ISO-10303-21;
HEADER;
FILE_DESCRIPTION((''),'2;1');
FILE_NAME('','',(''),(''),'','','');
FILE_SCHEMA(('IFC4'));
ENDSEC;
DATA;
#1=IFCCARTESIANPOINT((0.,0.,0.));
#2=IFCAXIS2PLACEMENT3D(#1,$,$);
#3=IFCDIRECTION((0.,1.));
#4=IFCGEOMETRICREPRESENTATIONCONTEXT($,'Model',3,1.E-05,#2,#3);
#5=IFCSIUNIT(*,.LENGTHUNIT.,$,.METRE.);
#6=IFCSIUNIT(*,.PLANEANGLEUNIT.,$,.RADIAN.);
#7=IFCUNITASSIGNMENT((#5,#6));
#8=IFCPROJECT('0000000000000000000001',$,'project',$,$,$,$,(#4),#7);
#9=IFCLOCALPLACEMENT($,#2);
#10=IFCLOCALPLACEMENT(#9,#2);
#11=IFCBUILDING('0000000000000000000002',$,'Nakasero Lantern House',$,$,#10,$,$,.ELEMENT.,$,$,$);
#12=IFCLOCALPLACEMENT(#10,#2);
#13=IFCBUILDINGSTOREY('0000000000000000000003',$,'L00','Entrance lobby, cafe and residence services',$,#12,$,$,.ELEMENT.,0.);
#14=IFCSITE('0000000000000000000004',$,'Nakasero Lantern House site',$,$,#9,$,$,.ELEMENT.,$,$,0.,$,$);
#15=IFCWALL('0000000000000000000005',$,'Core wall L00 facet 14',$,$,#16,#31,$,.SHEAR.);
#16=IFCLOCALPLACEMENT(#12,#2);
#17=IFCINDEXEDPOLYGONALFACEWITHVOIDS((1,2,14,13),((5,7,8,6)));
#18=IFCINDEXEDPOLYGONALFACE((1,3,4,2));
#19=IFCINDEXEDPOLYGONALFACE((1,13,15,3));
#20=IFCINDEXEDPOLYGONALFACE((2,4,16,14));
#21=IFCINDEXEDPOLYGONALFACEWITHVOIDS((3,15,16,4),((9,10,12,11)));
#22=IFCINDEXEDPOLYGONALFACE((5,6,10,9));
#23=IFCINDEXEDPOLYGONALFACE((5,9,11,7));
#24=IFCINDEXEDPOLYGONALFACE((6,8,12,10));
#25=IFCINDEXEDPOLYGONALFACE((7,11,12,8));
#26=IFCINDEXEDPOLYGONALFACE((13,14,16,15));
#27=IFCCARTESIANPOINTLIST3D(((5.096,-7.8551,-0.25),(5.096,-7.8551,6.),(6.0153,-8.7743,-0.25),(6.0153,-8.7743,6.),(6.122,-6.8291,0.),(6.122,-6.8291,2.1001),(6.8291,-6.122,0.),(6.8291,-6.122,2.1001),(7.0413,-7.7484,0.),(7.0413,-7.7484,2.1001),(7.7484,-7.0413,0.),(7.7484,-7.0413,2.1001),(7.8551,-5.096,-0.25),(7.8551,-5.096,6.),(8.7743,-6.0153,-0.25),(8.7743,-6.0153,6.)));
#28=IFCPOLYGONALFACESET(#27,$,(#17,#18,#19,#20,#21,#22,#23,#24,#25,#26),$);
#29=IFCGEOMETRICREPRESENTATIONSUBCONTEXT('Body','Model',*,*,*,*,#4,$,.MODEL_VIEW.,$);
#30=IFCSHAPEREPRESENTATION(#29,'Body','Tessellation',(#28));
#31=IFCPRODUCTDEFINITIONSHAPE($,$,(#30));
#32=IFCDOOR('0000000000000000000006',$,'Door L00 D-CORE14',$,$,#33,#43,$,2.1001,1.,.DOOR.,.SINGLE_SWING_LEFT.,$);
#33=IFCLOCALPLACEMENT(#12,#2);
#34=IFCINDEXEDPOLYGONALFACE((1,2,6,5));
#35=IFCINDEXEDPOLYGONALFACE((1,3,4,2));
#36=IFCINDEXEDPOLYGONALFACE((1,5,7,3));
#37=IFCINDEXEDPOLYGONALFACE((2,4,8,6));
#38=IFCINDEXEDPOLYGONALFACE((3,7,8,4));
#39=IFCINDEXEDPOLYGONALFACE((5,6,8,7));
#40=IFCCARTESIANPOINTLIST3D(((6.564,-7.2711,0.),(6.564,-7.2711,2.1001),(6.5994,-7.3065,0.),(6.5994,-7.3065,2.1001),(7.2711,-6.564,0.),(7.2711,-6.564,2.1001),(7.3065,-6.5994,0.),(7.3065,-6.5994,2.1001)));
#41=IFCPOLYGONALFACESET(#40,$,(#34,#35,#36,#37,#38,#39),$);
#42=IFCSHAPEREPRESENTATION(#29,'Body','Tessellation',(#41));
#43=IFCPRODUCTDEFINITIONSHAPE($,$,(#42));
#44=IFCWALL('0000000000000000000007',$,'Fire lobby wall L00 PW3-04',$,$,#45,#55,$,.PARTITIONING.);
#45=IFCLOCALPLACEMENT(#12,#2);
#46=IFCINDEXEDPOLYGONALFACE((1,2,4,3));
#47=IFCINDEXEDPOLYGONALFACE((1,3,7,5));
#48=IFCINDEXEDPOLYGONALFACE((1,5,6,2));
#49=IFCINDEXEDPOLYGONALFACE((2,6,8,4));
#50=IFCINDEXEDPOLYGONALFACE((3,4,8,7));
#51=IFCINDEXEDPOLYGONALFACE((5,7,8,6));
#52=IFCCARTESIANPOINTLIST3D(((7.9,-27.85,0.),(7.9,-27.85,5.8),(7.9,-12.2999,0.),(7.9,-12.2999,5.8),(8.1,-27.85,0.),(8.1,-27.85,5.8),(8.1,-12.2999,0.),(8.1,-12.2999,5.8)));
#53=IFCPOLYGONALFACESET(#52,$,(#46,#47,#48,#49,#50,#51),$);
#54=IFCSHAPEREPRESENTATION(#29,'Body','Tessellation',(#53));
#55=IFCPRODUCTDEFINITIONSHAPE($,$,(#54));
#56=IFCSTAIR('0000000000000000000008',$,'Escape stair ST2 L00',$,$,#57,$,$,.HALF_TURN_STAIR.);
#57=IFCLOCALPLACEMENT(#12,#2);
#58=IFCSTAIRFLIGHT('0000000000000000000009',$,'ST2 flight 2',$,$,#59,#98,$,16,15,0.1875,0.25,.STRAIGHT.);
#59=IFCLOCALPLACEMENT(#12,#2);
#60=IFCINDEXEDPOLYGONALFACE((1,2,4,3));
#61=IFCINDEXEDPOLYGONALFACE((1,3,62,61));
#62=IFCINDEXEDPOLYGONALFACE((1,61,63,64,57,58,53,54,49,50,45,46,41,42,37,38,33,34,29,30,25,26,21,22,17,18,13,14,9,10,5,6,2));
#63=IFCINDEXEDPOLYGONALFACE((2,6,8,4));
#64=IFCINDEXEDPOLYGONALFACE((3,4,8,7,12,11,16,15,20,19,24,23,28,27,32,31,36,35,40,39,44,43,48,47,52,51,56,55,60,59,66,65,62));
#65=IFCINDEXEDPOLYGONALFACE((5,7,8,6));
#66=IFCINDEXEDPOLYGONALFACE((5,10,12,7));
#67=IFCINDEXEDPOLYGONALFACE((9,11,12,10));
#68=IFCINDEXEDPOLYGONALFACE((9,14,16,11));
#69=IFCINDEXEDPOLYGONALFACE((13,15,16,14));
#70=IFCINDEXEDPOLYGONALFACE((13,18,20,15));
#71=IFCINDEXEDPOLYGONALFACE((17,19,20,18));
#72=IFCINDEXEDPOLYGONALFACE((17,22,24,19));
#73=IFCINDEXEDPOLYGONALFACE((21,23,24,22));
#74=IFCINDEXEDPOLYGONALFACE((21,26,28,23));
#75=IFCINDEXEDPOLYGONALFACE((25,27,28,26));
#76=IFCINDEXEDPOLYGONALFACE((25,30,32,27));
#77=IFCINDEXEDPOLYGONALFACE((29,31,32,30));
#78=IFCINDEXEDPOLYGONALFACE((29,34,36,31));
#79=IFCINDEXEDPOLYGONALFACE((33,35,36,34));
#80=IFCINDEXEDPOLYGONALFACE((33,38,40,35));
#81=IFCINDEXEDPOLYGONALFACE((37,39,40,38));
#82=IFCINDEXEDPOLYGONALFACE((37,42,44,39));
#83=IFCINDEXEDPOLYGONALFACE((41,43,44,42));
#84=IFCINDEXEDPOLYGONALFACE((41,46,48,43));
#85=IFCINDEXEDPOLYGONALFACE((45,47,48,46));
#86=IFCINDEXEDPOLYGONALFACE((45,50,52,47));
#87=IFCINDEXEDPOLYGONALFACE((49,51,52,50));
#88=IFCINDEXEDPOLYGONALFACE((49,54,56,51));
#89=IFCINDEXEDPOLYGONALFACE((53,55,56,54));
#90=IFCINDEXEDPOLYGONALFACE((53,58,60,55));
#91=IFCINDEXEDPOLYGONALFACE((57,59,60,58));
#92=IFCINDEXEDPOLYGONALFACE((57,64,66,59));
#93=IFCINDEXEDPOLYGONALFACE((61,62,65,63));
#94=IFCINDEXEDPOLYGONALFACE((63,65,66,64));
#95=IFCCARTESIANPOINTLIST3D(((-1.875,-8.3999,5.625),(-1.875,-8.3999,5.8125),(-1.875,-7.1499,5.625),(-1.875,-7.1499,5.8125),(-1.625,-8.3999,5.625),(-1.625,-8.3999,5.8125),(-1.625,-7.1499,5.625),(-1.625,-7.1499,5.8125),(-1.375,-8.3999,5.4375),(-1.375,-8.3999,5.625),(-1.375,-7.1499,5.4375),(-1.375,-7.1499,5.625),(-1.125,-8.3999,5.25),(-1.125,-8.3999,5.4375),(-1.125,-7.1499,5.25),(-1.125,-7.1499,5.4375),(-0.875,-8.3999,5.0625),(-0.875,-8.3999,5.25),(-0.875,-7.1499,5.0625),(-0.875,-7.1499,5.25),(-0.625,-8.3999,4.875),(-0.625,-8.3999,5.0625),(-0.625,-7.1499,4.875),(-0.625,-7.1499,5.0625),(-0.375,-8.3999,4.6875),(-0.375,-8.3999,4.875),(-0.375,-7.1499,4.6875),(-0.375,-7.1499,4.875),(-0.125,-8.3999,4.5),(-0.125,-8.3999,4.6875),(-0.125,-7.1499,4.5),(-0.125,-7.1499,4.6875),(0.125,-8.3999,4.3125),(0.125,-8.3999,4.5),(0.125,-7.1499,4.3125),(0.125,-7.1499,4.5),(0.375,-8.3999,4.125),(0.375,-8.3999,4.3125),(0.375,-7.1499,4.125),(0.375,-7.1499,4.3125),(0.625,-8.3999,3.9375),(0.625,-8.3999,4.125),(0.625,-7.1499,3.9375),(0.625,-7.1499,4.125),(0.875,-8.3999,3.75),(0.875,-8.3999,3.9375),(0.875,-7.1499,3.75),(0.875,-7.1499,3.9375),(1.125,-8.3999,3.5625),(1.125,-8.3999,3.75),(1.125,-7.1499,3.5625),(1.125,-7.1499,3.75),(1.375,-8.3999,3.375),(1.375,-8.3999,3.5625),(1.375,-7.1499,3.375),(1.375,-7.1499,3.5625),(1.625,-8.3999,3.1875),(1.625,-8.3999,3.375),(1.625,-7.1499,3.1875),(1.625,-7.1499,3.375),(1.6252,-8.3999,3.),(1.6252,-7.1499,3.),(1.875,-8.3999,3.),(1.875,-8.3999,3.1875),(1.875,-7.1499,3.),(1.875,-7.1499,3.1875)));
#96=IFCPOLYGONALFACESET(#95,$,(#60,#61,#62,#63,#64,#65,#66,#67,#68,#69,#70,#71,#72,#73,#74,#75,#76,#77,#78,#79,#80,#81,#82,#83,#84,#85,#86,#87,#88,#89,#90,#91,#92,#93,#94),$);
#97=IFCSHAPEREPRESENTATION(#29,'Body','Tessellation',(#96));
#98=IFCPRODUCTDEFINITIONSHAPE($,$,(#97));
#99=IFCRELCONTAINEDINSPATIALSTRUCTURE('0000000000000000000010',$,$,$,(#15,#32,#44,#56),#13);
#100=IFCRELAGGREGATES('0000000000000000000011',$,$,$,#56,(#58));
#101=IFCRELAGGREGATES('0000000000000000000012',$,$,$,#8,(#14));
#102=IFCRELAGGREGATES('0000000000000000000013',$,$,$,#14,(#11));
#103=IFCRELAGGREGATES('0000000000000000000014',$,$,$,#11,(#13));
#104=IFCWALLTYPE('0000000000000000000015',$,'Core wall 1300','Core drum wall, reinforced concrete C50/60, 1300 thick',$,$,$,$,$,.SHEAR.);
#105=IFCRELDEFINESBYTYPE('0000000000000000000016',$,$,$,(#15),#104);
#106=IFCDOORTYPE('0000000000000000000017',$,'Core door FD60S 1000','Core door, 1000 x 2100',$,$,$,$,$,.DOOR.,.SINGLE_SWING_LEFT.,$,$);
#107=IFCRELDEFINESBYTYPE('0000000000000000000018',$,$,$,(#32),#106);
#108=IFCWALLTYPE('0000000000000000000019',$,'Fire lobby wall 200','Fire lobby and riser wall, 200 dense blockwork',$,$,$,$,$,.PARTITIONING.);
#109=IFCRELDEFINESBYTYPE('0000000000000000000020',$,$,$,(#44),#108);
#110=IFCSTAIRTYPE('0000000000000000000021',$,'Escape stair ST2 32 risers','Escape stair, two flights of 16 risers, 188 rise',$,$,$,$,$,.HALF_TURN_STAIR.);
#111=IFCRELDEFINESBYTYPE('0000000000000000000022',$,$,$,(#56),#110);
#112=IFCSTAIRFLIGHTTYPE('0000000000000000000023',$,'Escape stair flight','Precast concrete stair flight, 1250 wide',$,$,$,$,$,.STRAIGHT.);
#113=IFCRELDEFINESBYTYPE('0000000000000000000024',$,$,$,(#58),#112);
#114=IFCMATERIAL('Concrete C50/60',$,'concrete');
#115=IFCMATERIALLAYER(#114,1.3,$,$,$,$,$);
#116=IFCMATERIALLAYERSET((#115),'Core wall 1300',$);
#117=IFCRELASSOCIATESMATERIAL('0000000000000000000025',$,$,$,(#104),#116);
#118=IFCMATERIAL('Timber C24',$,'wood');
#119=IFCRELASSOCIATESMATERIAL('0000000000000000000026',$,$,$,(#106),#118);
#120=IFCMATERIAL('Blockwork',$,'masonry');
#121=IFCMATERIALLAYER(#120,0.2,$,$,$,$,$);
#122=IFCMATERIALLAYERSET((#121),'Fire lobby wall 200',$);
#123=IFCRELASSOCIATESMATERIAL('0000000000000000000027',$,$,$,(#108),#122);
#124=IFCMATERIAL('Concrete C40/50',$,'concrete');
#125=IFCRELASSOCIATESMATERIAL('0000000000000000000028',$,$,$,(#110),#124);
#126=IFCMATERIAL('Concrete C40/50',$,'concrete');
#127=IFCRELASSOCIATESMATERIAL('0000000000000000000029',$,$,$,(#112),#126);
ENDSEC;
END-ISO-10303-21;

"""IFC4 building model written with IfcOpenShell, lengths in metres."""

from ifc_helpers import new_model, si_unit, direction, frame, frame_2d, origin, place, context, subcontext, project, spatial, polyline, rectangle, outline, extrude, material, layer, layer_set, type_object, element, fill, aggregate, save


model = new_model("IFC4")

# Units and contexts
model_context = context("Model", 3, precision=1e-05, world=origin(), true_north=direction((0.0, 1.0)))
body_context = subcontext(model_context, "Body", "Model", "MODEL_VIEW")
ifc_project = project(units=[si_unit("LENGTHUNIT", "METRE"), si_unit("PLANEANGLEUNIT", "RADIAN")], contexts=[model_context])

# Site, building, storey
site_placement = place(None, origin())
site = spatial("IfcSite", under=ifc_project, at=site_placement, Name="Nakasero Lantern House site", CompositionType="ELEMENT", RefElevation=0.0)
building_placement = place(site_placement, origin())
building = spatial("IfcBuilding", under=site, at=building_placement, Name="Nakasero Lantern House", CompositionType="ELEMENT")
storey_placement = place(building_placement, origin())
storey = spatial("IfcBuildingStorey", under=building, at=storey_placement, Name="L00", Description="Entrance lobby, cafe and residence services", CompositionType="ELEMENT", Elevation=0.0)

# Shared definitions
ifc_material_1 = material(Name="Concrete C50/60", Category="concrete")
ifc_layer_1 = layer(ifc_material_1, 1.3)
ifc_layer_set_1 = layer_set([ifc_layer_1], Name="Core wall 1300")
wall_type_1 = type_object("IfcWallType", Name="Core wall 1300", Description="Core drum wall, reinforced concrete C50/60, 1300 thick", PredefinedType="SHEAR", material=ifc_layer_set_1)

# Wall, opening, door
wall_1_placement = place(storey_placement, frame((5.5557, -8.3147, -0.25), z_axis=(0.0, 0.0, 1.0), x_axis=(0.707107, 0.707107, 0.0)))
wall_1 = element("IfcWall", 1, at=wall_1_placement, inside=storey, type_object=wall_type_1, Name="Core wall L00 facet 14", PredefinedType="SHEAR", context=body_context, shape_type="SweptSolid", body=[
    extrude(rectangle(XDim=3.9019, YDim=1.3, at=frame_2d((1.9509, 0.0))), origin(), (0.0, 0.0, 1.0), 6.25),
])
opening_1_placement = place(wall_1_placement, frame((1.4509, 0.0, 0.25)))
opening_1 = element("IfcOpeningElement", 2, at=opening_1_placement, cuts=wall_1, PredefinedType="OPENING", context=body_context, shape_type="SweptSolid", body=[
    extrude(rectangle(XDim=1.0, YDim=2.1001, at=frame_2d((0.5, 1.05))), frame((0.0, 0.6699, 0.0), z_axis=(0.0, -1.0, 0.0), x_axis=(1.0, 0.0, 0.0)), (0.0, 0.0, 1.0), 1.3401),
])
ifc_material_2 = material(Name="Timber C24", Category="wood")
door_type_1 = type_object("IfcDoorType", Name="Core door FD60S 1000", Description="Core door, 1000 x 2100", OperationType="SINGLE_SWING_LEFT", PredefinedType="DOOR", material=ifc_material_2)
door_1_placement = place(opening_1_placement, origin())
door_1 = element("IfcDoor", 3, at=door_1_placement, inside=storey, type_object=door_type_1, Name="Door L00 D-CORE14", OperationType="SINGLE_SWING_LEFT", OverallHeight=2.1001, OverallWidth=1.0, PredefinedType="DOOR", context=body_context, shape_type="SweptSolid", body=[
    extrude(rectangle(XDim=1.0, YDim=2.1001, at=frame_2d((0.5, 1.05))), frame((0.0, 0.0249, 0.0), z_axis=(0.0, -1.0, 0.0), x_axis=(1.0, 0.0, 0.0)), (0.0, 0.0, 1.0), 0.05),
])
fill(opening_1, door_1)

# Wall
ifc_material_3 = material(Name="Blockwork", Category="masonry")
ifc_layer_2 = layer(ifc_material_3, 0.2)
ifc_layer_set_2 = layer_set([ifc_layer_2], Name="Fire lobby wall 200")
wall_type_2 = type_object("IfcWallType", Name="Fire lobby wall 200", Description="Fire lobby and riser wall, 200 dense blockwork", PredefinedType="PARTITIONING", material=ifc_layer_set_2)
wall_2_placement = place(storey_placement, frame((8.0, -12.3, 0.0), z_axis=(0.0, 0.0, 1.0), x_axis=(0.0, -1.0, 0.0)))
element("IfcWall", 4, at=wall_2_placement, inside=storey, type_object=wall_type_2, Name="Fire lobby wall L00 PW3-04", PredefinedType="PARTITIONING", context=body_context, shape_type="SweptSolid", body=[
    extrude(rectangle(XDim=15.55, YDim=0.2, at=frame_2d((7.7749, 0.0))), origin(), (0.0, 0.0, 1.0), 5.8),
])

# Stair, stair flight
ifc_material_4 = material(Name="Concrete C40/50", Category="concrete")
stair_type = type_object("IfcStairType", Name="Escape stair ST2 32 risers", Description="Escape stair, two flights of 16 risers, 188 rise", PredefinedType="HALF_TURN_STAIR", material=ifc_material_4)
stair_placement = place(storey_placement, origin())
stair = element("IfcStair", 5, at=stair_placement, inside=storey, type_object=stair_type, Name="Escape stair ST2 L00", PredefinedType="HALF_TURN_STAIR")
ifc_material_5 = material(Name="Concrete C40/50", Category="concrete")
stair_flight_type = type_object("IfcStairFlightType", Name="Escape stair flight", Description="Precast concrete stair flight, 1250 wide", PredefinedType="STRAIGHT", material=ifc_material_5)
stair_flight_placement = place(storey_placement, frame((1.875, -7.7749, 3.0), z_axis=(0.0, 0.0, 1.0), x_axis=(-1.0, 0.0, 0.0)))
stair_flight = element("IfcStairFlight", 6, at=stair_flight_placement, type_object=stair_flight_type, Name="ST2 flight 2", NumberOfRisers=16, NumberOfTreads=15, PredefinedType="STRAIGHT", RiserHeight=0.1875, TreadLength=0.25, context=body_context, shape_type="SweptSolid", body=[
    extrude(outline(polyline([(0.0, 0.0), (0.0, 0.1875), (0.25, 0.1875), (0.25, 0.375), (0.5, 0.375), (0.5, 0.5625), (0.75, 0.5625), (0.75, 0.75), (1.0, 0.75), (1.0, 0.9375), (1.25, 0.9375), (1.25, 1.125), (1.5, 1.125), (1.5, 1.3125), (1.75, 1.3125), (1.75, 1.5), (2.0, 1.5), (2.0, 1.6875), (2.25, 1.6875), (2.25, 1.875), (2.5, 1.875), (2.5, 2.0625), (2.75, 2.0625), (2.75, 2.25), (3.0, 2.25), (3.0, 2.4375), (3.25, 2.4375), (3.25, 2.625), (3.5, 2.625), (3.5, 2.8125), (3.75, 2.8125), (3.75, 3.0), (3.75, 2.625), (0.2498, 0.0), (0.0, 0.0)])), frame((0.0, 0.625, 0.0), z_axis=(0.0, -1.0, 0.0), x_axis=(1.0, 0.0, 0.0)), (0.0, 0.0, 1.0), 1.25),
])
aggregate(stair, [stair_flight])

save(model, "model.ifc")
